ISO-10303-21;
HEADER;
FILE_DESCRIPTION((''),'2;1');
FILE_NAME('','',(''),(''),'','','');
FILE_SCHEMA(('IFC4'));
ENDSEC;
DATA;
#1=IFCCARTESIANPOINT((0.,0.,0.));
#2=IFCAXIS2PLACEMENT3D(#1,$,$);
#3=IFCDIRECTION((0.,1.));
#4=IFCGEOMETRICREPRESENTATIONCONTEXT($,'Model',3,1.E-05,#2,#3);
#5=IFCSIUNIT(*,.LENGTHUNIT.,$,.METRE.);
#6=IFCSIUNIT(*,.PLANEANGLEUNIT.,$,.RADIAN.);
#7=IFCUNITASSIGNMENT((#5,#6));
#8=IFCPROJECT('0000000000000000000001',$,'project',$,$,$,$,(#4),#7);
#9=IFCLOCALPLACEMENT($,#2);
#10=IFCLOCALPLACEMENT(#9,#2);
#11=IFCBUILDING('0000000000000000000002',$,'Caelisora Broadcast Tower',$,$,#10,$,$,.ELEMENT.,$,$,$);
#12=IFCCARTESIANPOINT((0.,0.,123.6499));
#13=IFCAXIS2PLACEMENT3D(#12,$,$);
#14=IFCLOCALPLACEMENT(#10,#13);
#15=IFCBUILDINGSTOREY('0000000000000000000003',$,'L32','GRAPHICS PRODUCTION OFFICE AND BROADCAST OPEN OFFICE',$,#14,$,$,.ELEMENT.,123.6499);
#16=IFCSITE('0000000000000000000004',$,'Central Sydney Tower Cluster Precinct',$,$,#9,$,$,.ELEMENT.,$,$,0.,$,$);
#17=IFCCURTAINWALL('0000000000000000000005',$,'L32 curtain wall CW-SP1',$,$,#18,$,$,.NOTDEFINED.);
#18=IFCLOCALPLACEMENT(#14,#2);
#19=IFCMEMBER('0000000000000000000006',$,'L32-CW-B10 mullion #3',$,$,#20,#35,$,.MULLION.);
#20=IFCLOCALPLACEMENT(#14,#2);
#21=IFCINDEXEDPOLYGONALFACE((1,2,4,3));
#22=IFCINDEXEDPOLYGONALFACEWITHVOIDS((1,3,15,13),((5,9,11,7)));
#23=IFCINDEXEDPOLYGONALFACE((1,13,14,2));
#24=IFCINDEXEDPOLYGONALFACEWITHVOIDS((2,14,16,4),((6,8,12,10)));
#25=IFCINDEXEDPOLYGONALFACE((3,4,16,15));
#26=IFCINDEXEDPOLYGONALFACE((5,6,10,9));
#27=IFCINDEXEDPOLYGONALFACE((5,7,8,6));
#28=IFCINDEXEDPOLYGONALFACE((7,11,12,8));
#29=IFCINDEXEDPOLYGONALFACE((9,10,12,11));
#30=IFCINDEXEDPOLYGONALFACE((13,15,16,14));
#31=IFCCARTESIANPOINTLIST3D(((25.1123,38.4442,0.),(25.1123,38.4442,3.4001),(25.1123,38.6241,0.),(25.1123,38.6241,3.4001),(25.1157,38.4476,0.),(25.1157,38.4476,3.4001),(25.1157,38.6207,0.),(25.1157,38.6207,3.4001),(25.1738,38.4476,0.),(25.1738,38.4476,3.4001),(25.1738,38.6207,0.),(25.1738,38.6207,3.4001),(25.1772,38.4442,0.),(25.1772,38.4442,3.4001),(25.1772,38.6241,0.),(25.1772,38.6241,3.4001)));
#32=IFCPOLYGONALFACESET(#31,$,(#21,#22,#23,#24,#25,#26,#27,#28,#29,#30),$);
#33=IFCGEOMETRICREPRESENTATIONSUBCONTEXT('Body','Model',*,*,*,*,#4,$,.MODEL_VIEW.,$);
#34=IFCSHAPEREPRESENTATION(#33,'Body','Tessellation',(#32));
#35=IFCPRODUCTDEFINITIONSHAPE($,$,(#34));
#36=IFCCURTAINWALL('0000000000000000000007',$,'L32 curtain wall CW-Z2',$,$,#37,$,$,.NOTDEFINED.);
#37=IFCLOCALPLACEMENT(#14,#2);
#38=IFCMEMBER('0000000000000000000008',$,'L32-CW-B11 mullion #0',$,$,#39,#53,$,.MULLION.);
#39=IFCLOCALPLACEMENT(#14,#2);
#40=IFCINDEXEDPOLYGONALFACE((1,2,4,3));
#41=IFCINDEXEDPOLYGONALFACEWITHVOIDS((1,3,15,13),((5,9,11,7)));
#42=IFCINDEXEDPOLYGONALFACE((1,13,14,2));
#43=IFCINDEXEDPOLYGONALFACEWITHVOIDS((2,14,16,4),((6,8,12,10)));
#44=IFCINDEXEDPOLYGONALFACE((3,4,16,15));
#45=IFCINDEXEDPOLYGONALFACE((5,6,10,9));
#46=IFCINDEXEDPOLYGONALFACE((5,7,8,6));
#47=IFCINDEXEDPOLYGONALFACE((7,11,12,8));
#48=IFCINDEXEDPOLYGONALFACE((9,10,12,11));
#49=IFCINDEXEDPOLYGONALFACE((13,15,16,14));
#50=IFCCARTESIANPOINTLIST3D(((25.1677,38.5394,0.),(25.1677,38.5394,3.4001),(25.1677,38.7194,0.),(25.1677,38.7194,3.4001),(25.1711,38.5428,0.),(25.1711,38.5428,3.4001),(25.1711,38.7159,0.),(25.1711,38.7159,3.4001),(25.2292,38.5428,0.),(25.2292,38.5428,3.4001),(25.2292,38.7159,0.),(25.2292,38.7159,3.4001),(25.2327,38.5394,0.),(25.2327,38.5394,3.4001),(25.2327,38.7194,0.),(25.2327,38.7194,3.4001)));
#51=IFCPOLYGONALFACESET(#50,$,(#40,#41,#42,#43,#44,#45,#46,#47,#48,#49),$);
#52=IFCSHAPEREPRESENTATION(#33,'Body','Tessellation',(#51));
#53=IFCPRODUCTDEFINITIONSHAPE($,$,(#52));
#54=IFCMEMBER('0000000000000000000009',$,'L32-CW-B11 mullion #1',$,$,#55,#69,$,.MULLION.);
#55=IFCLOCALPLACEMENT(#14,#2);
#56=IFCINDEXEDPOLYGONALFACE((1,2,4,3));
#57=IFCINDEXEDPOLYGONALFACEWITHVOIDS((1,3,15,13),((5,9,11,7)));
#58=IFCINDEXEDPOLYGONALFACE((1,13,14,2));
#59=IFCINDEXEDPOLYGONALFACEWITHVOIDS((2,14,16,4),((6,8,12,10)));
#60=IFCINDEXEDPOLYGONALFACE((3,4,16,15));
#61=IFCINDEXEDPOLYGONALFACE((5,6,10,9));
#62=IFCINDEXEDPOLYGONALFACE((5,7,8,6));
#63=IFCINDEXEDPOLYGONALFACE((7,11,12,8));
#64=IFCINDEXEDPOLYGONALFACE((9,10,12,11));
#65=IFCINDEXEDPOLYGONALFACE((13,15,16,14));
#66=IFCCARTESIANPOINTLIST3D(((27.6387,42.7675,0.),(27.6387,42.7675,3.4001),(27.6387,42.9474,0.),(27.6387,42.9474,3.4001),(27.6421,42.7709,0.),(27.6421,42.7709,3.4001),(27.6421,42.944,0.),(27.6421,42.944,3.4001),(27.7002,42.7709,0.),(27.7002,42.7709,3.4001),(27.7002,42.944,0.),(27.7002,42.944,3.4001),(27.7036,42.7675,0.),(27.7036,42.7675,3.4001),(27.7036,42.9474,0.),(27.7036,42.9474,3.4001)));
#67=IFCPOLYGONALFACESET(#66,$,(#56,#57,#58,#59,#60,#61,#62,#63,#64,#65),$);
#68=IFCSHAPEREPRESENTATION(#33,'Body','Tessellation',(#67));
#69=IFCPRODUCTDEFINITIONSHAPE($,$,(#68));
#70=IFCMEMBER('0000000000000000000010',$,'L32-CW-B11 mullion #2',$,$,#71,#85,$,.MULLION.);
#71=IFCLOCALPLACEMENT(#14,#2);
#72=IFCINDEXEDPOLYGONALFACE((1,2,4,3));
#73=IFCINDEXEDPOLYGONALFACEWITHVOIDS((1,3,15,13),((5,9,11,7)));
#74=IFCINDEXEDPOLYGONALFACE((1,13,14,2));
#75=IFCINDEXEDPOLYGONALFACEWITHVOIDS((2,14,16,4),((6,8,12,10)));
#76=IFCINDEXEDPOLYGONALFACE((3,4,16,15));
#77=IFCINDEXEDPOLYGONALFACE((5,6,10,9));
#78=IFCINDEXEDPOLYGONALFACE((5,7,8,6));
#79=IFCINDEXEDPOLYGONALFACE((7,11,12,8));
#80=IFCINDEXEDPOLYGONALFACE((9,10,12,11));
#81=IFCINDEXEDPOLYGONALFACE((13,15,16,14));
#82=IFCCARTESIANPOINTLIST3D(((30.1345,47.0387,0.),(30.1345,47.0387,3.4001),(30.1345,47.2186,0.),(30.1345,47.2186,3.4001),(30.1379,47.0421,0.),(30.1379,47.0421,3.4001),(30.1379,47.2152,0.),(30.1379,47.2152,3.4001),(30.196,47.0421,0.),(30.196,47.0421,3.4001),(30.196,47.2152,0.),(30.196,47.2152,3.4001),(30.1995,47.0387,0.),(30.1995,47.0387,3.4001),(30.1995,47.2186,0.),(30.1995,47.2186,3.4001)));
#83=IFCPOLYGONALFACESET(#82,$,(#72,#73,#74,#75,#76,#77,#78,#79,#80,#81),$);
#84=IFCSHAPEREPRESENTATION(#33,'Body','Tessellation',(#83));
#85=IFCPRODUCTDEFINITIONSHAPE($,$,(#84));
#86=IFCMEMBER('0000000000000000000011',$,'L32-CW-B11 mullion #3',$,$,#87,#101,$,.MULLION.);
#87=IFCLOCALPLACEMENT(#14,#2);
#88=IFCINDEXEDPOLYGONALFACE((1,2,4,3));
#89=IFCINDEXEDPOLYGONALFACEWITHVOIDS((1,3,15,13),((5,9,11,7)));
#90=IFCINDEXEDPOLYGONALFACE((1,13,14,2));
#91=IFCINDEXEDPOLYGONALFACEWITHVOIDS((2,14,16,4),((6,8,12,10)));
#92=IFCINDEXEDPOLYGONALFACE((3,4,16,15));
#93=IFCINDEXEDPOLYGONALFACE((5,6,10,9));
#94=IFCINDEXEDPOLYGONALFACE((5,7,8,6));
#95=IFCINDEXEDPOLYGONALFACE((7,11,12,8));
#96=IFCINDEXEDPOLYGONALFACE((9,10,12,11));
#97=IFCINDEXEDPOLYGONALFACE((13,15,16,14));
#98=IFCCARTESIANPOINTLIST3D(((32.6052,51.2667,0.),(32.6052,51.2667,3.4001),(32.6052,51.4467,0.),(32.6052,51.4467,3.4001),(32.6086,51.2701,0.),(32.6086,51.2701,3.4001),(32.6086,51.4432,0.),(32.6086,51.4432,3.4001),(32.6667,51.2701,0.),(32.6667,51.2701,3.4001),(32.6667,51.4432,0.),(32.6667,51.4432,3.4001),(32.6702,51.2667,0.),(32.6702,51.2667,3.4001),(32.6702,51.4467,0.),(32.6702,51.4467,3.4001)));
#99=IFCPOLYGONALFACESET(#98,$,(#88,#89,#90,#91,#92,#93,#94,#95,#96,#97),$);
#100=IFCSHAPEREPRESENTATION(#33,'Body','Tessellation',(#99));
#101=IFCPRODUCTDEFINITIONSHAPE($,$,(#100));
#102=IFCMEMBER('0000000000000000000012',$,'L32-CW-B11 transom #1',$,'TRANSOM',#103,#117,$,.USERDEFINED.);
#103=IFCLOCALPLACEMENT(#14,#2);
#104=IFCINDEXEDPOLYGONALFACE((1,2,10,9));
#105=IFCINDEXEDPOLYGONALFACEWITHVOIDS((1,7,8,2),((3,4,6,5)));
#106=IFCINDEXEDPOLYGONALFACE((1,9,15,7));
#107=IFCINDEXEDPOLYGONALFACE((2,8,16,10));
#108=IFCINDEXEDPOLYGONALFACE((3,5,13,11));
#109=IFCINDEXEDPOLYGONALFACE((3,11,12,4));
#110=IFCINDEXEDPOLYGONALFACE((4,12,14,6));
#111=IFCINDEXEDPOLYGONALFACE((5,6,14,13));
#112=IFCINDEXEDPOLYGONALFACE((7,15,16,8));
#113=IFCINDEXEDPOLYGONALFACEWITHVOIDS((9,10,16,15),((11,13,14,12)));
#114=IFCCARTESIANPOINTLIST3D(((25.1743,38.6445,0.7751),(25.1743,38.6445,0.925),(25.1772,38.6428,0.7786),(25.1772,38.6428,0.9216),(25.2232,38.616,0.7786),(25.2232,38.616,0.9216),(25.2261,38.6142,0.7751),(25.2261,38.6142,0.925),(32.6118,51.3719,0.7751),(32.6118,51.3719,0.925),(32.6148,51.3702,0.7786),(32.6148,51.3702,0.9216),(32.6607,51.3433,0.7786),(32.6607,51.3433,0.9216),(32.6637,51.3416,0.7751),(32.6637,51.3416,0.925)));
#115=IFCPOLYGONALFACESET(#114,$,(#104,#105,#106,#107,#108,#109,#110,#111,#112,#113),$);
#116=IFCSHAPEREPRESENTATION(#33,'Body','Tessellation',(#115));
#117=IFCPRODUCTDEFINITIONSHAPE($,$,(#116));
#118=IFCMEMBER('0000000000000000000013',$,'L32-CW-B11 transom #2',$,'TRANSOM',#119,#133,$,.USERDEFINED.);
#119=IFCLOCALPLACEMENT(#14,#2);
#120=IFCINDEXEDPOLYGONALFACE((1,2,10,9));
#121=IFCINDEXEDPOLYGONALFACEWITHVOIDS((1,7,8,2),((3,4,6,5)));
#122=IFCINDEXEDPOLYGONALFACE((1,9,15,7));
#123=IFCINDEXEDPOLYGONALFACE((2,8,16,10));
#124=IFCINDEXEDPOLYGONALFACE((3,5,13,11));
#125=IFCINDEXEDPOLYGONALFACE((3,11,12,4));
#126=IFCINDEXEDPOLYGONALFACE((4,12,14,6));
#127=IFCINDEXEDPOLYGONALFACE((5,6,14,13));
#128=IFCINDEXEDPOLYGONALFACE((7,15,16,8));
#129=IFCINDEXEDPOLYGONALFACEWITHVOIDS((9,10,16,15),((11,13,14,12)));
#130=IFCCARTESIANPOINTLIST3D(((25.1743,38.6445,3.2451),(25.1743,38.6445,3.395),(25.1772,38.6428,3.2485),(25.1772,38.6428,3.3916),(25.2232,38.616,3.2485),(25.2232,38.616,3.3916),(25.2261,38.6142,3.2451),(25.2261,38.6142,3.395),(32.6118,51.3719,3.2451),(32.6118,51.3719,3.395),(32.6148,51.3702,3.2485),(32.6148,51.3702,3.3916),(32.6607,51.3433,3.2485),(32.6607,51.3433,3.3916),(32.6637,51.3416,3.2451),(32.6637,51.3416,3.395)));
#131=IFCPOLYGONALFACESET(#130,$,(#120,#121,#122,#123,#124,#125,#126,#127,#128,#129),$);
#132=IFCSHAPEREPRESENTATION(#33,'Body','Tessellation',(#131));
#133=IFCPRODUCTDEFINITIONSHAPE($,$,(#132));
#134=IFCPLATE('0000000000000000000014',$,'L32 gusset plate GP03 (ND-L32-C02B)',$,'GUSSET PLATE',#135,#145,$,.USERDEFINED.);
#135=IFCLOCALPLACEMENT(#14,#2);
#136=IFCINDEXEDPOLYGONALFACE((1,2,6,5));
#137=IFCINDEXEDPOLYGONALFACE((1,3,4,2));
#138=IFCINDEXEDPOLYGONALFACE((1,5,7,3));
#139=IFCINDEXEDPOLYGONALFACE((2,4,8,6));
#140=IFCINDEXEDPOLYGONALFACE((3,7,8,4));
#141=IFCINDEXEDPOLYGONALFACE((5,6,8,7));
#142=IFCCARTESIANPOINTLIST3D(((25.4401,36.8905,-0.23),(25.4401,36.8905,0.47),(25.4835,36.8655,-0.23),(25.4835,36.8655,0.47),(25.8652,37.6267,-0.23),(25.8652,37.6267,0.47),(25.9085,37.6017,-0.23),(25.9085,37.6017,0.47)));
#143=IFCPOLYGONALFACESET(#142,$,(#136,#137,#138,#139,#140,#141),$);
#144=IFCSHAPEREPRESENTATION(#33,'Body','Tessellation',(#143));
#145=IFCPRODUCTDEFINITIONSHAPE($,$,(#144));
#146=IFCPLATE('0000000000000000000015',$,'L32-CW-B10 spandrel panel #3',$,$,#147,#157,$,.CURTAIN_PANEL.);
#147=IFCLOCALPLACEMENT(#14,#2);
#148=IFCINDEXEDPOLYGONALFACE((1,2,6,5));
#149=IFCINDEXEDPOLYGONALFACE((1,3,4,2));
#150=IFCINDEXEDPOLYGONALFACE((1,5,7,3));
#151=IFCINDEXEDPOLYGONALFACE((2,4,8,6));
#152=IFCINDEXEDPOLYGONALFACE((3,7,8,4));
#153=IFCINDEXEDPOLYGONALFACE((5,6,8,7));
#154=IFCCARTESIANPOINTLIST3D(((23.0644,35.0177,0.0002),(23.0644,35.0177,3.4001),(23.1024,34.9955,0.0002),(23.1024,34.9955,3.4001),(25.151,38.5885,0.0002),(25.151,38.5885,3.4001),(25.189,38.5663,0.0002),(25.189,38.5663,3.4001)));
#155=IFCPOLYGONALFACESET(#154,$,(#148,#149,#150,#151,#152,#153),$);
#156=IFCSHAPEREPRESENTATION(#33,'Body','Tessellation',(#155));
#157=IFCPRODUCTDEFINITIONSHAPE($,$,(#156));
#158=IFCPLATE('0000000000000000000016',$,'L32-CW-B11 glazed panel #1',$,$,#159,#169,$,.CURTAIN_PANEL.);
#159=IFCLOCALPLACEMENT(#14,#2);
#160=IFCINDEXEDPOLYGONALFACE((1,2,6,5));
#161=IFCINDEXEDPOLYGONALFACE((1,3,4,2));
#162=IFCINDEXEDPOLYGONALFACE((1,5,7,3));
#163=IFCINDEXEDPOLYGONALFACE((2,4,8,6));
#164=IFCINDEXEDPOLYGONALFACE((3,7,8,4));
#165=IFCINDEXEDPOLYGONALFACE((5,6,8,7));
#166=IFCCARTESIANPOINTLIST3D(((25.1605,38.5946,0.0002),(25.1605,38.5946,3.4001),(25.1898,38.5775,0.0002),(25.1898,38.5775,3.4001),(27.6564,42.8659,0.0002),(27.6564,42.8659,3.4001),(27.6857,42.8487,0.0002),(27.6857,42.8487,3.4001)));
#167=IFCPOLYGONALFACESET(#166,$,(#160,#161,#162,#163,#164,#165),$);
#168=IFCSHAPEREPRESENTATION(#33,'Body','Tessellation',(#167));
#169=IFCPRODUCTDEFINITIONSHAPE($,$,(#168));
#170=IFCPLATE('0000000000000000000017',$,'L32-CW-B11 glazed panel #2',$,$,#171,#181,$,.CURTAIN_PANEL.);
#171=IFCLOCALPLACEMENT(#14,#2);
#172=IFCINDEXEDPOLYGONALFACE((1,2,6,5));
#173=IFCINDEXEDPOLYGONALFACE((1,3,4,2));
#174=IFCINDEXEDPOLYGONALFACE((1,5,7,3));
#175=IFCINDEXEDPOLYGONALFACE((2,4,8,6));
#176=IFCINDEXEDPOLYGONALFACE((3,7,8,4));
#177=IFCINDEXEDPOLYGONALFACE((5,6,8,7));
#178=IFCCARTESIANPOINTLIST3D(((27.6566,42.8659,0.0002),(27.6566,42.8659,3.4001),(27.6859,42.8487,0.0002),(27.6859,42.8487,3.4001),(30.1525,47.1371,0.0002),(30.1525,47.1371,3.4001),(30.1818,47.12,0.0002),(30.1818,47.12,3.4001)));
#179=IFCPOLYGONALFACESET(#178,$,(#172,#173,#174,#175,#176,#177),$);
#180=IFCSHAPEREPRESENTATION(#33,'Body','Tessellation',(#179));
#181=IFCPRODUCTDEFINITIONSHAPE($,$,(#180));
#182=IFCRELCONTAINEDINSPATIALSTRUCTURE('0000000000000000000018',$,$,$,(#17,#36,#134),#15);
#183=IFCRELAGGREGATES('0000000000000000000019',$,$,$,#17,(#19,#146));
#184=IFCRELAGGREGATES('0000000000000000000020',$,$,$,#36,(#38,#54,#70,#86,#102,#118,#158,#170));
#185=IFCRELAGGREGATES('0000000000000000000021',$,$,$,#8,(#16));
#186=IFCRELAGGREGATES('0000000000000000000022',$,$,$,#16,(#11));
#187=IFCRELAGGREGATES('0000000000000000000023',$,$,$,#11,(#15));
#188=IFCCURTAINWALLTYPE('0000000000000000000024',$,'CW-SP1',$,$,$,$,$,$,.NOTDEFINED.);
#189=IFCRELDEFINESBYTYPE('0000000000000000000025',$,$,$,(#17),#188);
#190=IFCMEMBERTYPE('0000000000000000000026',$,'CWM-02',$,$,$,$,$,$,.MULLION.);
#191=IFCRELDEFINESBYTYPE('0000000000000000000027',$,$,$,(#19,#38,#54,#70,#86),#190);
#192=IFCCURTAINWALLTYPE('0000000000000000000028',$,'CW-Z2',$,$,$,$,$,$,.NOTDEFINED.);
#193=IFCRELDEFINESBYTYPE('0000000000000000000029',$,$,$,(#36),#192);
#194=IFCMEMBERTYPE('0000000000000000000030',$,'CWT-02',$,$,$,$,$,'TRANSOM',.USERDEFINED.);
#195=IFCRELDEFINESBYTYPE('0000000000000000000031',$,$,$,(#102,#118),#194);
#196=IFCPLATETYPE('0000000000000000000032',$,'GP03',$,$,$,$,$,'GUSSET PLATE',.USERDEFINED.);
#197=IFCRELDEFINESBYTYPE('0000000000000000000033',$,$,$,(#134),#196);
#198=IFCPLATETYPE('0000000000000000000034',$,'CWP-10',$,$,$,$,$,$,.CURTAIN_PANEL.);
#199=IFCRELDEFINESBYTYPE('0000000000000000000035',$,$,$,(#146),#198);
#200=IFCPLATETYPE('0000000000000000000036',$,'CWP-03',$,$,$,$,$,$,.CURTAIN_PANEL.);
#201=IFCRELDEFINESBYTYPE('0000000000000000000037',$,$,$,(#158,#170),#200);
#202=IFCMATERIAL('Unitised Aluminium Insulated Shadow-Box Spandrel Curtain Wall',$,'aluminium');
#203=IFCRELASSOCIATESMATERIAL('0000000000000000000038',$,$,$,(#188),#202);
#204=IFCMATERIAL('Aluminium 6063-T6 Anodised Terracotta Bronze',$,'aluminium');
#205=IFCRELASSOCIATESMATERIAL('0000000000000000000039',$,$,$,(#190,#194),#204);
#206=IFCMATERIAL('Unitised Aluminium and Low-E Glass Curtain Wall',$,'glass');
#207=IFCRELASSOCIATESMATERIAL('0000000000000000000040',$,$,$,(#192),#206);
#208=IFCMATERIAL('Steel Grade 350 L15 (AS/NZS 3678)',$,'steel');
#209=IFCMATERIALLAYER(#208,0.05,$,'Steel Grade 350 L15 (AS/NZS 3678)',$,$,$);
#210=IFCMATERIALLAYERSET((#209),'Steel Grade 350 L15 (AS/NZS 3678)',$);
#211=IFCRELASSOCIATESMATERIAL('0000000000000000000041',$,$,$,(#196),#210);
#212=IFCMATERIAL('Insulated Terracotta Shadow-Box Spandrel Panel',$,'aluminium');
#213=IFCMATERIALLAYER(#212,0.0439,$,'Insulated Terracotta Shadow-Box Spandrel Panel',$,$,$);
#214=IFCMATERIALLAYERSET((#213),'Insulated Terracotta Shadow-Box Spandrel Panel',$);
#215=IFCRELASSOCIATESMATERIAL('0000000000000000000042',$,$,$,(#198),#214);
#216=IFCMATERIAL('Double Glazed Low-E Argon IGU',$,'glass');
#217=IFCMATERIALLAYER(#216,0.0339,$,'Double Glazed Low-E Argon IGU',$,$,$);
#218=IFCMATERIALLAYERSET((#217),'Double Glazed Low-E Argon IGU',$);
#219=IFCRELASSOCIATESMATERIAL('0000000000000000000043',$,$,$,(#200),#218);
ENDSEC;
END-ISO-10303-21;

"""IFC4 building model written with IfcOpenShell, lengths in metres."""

from ifc_helpers import new_model, si_unit, direction, frame, origin, origin_2d, place, context, subcontext, project, spatial, rectangle, hollow_rectangle, extrude, source, transform, mapped, material, layer, layer_set, material_profile, profile_set, type_object, type_shapes, element, aggregate, save


model = new_model("IFC4")

# Units and contexts
model_context = context("Model", 3, precision=1e-05, world=origin(), true_north=direction((0.0, 1.0)))
body_context = subcontext(model_context, "Body", "Model", "MODEL_VIEW")
ifc_project = project(units=[si_unit("LENGTHUNIT", "METRE"), si_unit("PLANEANGLEUNIT", "RADIAN")], contexts=[model_context])

# Site, building, storey
site_placement = place(None, origin())
site = spatial("IfcSite", under=ifc_project, at=site_placement, Name="Central Sydney Tower Cluster Precinct", CompositionType="ELEMENT", RefElevation=0.0)
building_placement = place(site_placement, origin())
building = spatial("IfcBuilding", under=site, at=building_placement, Name="Caelisora Broadcast Tower", CompositionType="ELEMENT")
storey_placement = place(building_placement, frame((0.0, 0.0, 123.6499)))
storey = spatial("IfcBuildingStorey", under=building, at=storey_placement, Name="L32", Description="GRAPHICS PRODUCTION OFFICE AND BROADCAST OPEN OFFICE", CompositionType="ELEMENT", Elevation=123.6499)

# Shared definitions
ifc_material_1 = material(Name="Steel Grade 350 L15 (AS/NZS 3678)", Category="steel")

# Curtain wall, member
ifc_material_2 = material(Name="Unitised Aluminium Insulated Shadow-Box Spandrel Curtain Wall", Category="aluminium")
curtain_wall_type_1 = type_object("IfcCurtainWallType", Name="CW-SP1", PredefinedType="NOTDEFINED", material=ifc_material_2)
curtain_wall_1_placement = place(storey_placement, origin())
curtain_wall_1 = element("IfcCurtainWall", 1, at=curtain_wall_1_placement, inside=storey, type_object=curtain_wall_type_1, Name="L32 curtain wall CW-SP1", PredefinedType="NOTDEFINED")
ifc_material_3 = material(Name="Aluminium 6063-T6 Anodised Terracotta Bronze", Category="aluminium")
ifc_material_profile_1 = material_profile(ifc_material_3, hollow_rectangle(XDim=0.0649, YDim=0.1799, WallThickness=0.0034, at=origin_2d()), Name="Aluminium 6063-T6 Anodised Terracotta Bronze")
ifc_profile_set_1 = profile_set([ifc_material_profile_1], Name="Aluminium 6063-T6 Anodised Terracotta Bronze")
member_type_1 = type_object("IfcMemberType", Name="CWM-02", PredefinedType="MULLION", material=ifc_profile_set_1)
shared_shape_1 = source(origin(), body_context, "Body", "SweptSolid", [
    extrude(hollow_rectangle(XDim=0.0649, YDim=0.1799, WallThickness=0.0034, at=origin_2d()), origin(), (0.0, 0.0, 1.0), 3.4001),
])
type_shapes(member_type_1, [shared_shape_1])
member_1_placement = place(storey_placement, frame((25.1448, 38.5342, 0.0), z_axis=(0.0, 0.0, 1.0), x_axis=(1.0, 0.0, 0.0)))
member_1 = element("IfcMember", 2, at=member_1_placement, type_object=member_type_1, Name="L32-CW-B10 mullion #3", PredefinedType="MULLION", context=body_context, shape_type="MappedRepresentation", body=[
    mapped(shared_shape_1, transform((0.0, 0.0, 0.0), scale=1.0)),
])

# Curtain wall, members
ifc_material_4 = material(Name="Unitised Aluminium and Low-E Glass Curtain Wall", Category="glass")
curtain_wall_type_2 = type_object("IfcCurtainWallType", Name="CW-Z2", PredefinedType="NOTDEFINED", material=ifc_material_4)
curtain_wall_2_placement = place(storey_placement, origin())
curtain_wall_2 = element("IfcCurtainWall", 3, at=curtain_wall_2_placement, inside=storey, type_object=curtain_wall_type_2, Name="L32 curtain wall CW-Z2", PredefinedType="NOTDEFINED")
member_2_placement = place(storey_placement, frame((25.2002, 38.6294, 0.0), z_axis=(0.0, 0.0, 1.0), x_axis=(1.0, 0.0, 0.0)))
member_2 = element("IfcMember", 4, at=member_2_placement, type_object=member_type_1, Name="L32-CW-B11 mullion #0", PredefinedType="MULLION", context=body_context, shape_type="MappedRepresentation", body=[
    mapped(shared_shape_1, transform((0.0, 0.0, 0.0), scale=1.0)),
])
member_3_placement = place(storey_placement, frame((27.6711, 42.8574, 0.0), z_axis=(0.0, 0.0, 1.0), x_axis=(1.0, 0.0, 0.0)))
member_3 = element("IfcMember", 5, at=member_3_placement, type_object=member_type_1, Name="L32-CW-B11 mullion #1", PredefinedType="MULLION", context=body_context, shape_type="MappedRepresentation", body=[
    mapped(shared_shape_1, transform((0.0, 0.0, 0.0), scale=1.0)),
])
member_4_placement = place(storey_placement, frame((30.167, 47.1287, 0.0), z_axis=(0.0, 0.0, 1.0), x_axis=(1.0, 0.0, 0.0)))
member_4 = element("IfcMember", 6, at=member_4_placement, type_object=member_type_1, Name="L32-CW-B11 mullion #2", PredefinedType="MULLION", context=body_context, shape_type="MappedRepresentation", body=[
    mapped(shared_shape_1, transform((0.0, 0.0, 0.0), scale=1.0)),
])
member_5_placement = place(storey_placement, frame((32.6377, 51.3567, 0.0), z_axis=(0.0, 0.0, 1.0), x_axis=(1.0, 0.0, 0.0)))
member_5 = element("IfcMember", 7, at=member_5_placement, type_object=member_type_1, Name="L32-CW-B11 mullion #3", PredefinedType="MULLION", context=body_context, shape_type="MappedRepresentation", body=[
    mapped(shared_shape_1, transform((0.0, 0.0, 0.0), scale=1.0)),
])
ifc_material_profile_2 = material_profile(ifc_material_3, hollow_rectangle(XDim=0.0601, YDim=0.1499, WallThickness=0.0034, at=origin_2d()), Name="Aluminium 6063-T6 Anodised Terracotta Bronze")
ifc_profile_set_2 = profile_set([ifc_material_profile_2], Name="Aluminium 6063-T6 Anodised Terracotta Bronze")
member_type_2 = type_object("IfcMemberType", Name="CWT-02", ElementType="TRANSOM", PredefinedType="USERDEFINED", material=ifc_profile_set_2)
shared_shape_2 = source(origin(), body_context, "Body", "SweptSolid", [
    extrude(hollow_rectangle(XDim=0.0601, YDim=0.1499, WallThickness=0.0034, at=origin_2d()), origin(), (0.0, 0.0, 1.0), 14.7412),
])
type_shapes(member_type_2, [shared_shape_2])
member_6_placement = place(storey_placement, frame((25.2002, 38.6294, 0.8501), z_axis=(0.504541, 0.863388, 0.0), x_axis=(-0.863388, 0.504541, 0.0)))
member_6 = element("IfcMember", 8, at=member_6_placement, type_object=member_type_2, Name="L32-CW-B11 transom #1", ObjectType="TRANSOM", PredefinedType="USERDEFINED", context=body_context, shape_type="MappedRepresentation", body=[
    mapped(shared_shape_2, transform((0.0, 0.0, 0.0), scale=1.0)),
])
member_7_placement = place(storey_placement, frame((25.2002, 38.6294, 3.3201), z_axis=(0.504541, 0.863388, 0.0), x_axis=(-0.863388, 0.504541, 0.0)))
member_7 = element("IfcMember", 9, at=member_7_placement, type_object=member_type_2, Name="L32-CW-B11 transom #2", ObjectType="TRANSOM", PredefinedType="USERDEFINED", context=body_context, shape_type="MappedRepresentation", body=[
    mapped(shared_shape_2, transform((0.0, 0.0, 0.0), scale=1.0)),
])

# Plates
ifc_layer_1 = layer(ifc_material_1, 0.05, Name="Steel Grade 350 L15 (AS/NZS 3678)")
ifc_layer_set_1 = layer_set([ifc_layer_1], Name="Steel Grade 350 L15 (AS/NZS 3678)")
plate_type_1 = type_object("IfcPlateType", Name="GP03", ElementType="GUSSET PLATE", PredefinedType="USERDEFINED", material=ifc_layer_set_1)
shared_shape_3 = source(origin(), body_context, "Body", "SweptSolid", [
    extrude(rectangle(XDim=0.8501, YDim=0.05, at=origin_2d()), origin(), (0.0, 0.0, 1.0), 0.7),
])
type_shapes(plate_type_1, [shared_shape_3])
plate_1_placement = place(storey_placement, frame((25.6743, 37.2461, -0.23), z_axis=(0.0, 0.0, 1.0), x_axis=(-0.5, -0.866025, 0.0)))
element("IfcPlate", 10, at=plate_1_placement, inside=storey, type_object=plate_type_1, Name="L32 gusset plate GP03 (ND-L32-C02B)", ObjectType="GUSSET PLATE", PredefinedType="USERDEFINED", context=body_context, shape_type="MappedRepresentation", body=[
    mapped(shared_shape_3, transform((0.0, 0.0, 0.0), scale=1.0)),
])
ifc_material_5 = material(Name="Insulated Terracotta Shadow-Box Spandrel Panel", Category="aluminium")
ifc_layer_2 = layer(ifc_material_5, 0.0439, Name="Insulated Terracotta Shadow-Box Spandrel Panel")
ifc_layer_set_2 = layer_set([ifc_layer_2], Name="Insulated Terracotta Shadow-Box Spandrel Panel")
plate_type_2 = type_object("IfcPlateType", Name="CWP-10", PredefinedType="CURTAIN_PANEL", material=ifc_layer_set_2)
shared_shape_4 = source(origin(), body_context, "Body", "SweptSolid", [
    extrude(rectangle(XDim=4.1357, YDim=0.0439, at=origin_2d()), origin(), (0.0, 0.0, 1.0), 3.3999),
])
type_shapes(plate_type_2, [shared_shape_4])
plate_2_placement = place(storey_placement, frame((24.1267, 36.792, 0.0002), z_axis=(0.0, 0.0, 1.0), x_axis=(0.504528, 0.863396, 0.0)))
plate_2 = element("IfcPlate", 11, at=plate_2_placement, type_object=plate_type_2, Name="L32-CW-B10 spandrel panel #3", PredefinedType="CURTAIN_PANEL", context=body_context, shape_type="MappedRepresentation", body=[
    mapped(shared_shape_4, transform((0.0, 0.0, 0.0), scale=1.0)),
])
aggregate(curtain_wall_1, [member_1, plate_2])
ifc_material_6 = material(Name="Double Glazed Low-E Argon IGU", Category="glass")
ifc_layer_3 = layer(ifc_material_6, 0.0339, Name="Double Glazed Low-E Argon IGU")
ifc_layer_set_3 = layer_set([ifc_layer_3], Name="Double Glazed Low-E Argon IGU")
plate_type_3 = type_object("IfcPlateType", Name="CWP-03", PredefinedType="CURTAIN_PANEL", material=ifc_layer_set_3)
shared_shape_5 = source(origin(), body_context, "Body", "SweptSolid", [
    extrude(rectangle(XDim=4.947, YDim=0.0339, at=origin_2d()), origin(), (0.0, 0.0, 1.0), 3.3999),
])
type_shapes(plate_type_3, [shared_shape_5])
plate_3_placement = place(storey_placement, frame((26.4231, 40.7217, 0.0002), z_axis=(0.0, 0.0, 1.0), x_axis=(0.504528, 0.863396, 0.0)))
plate_3 = element("IfcPlate", 12, at=plate_3_placement, type_object=plate_type_3, Name="L32-CW-B11 glazed panel #1", PredefinedType="CURTAIN_PANEL", context=body_context, shape_type="MappedRepresentation", body=[
    mapped(shared_shape_5, transform((0.0, 0.0, 0.0), scale=1.0)),
])
plate_4_placement = place(storey_placement, frame((28.9192, 44.9929, 0.0002), z_axis=(0.0, 0.0, 1.0), x_axis=(0.504528, 0.863396, 0.0)))
plate_4 = element("IfcPlate", 13, at=plate_4_placement, type_object=plate_type_3, Name="L32-CW-B11 glazed panel #2", PredefinedType="CURTAIN_PANEL", context=body_context, shape_type="MappedRepresentation", body=[
    mapped(shared_shape_5, transform((0.0, 0.0, 0.0), scale=1.0)),
])
aggregate(curtain_wall_2, [member_2, member_3, member_4, member_5, member_6, member_7, plate_3, plate_4])

save(model, "model.ifc")
